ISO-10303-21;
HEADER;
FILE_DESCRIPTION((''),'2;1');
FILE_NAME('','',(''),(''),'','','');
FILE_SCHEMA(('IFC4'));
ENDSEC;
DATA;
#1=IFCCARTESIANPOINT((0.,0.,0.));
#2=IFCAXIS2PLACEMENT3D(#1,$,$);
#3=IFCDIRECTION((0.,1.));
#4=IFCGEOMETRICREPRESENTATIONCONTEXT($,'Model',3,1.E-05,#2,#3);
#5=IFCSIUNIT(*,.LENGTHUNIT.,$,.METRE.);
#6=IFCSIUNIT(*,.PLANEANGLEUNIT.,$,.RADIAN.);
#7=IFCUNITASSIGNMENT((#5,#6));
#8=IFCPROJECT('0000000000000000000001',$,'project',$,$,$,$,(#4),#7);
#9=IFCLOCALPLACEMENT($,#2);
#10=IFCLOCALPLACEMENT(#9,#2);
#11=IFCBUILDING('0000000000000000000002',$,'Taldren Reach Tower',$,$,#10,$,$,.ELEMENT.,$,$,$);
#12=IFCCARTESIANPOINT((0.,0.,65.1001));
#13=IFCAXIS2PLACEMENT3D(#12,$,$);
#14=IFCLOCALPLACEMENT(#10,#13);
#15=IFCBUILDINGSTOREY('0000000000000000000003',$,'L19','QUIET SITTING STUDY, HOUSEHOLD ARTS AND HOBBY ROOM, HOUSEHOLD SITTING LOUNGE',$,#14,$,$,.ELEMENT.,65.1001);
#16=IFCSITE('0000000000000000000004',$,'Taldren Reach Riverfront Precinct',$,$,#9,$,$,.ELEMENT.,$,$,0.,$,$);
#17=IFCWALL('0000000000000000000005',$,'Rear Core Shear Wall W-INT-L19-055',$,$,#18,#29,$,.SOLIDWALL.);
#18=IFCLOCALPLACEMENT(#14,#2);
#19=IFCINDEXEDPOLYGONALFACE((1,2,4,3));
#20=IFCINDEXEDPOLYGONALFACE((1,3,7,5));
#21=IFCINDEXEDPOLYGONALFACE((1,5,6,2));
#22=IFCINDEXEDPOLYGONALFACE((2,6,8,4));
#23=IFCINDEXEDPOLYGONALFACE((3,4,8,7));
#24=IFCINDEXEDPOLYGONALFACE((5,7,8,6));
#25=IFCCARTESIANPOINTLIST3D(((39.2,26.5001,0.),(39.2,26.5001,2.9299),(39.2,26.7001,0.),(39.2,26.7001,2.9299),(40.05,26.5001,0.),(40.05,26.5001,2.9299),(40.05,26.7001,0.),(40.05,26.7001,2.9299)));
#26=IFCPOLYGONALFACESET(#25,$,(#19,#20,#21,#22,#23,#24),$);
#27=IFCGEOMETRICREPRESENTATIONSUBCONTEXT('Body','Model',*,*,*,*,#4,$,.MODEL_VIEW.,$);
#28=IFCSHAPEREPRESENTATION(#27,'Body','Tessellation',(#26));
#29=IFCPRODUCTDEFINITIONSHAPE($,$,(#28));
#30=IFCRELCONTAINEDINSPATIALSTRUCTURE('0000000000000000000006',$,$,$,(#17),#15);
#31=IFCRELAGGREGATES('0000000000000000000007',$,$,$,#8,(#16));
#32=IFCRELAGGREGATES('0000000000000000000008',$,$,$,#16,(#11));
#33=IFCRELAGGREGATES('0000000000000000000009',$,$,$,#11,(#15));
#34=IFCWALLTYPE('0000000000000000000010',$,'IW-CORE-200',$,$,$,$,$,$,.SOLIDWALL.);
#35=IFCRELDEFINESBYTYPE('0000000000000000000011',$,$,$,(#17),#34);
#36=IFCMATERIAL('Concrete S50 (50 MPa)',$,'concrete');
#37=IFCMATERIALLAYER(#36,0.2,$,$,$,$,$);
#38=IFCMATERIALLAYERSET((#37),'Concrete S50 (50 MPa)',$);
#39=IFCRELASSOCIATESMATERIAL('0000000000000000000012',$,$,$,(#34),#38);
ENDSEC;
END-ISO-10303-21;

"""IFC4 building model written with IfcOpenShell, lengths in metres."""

from ifc_helpers import new_model, si_unit, direction, frame, frame_2d, origin, place, context, subcontext, project, spatial, rectangle, extrude, source, transform, mapped, material, layer, layer_set, type_object, element, save


model = new_model("IFC4")

# Units and contexts
model_context = context("Model", 3, precision=1e-05, world=origin(), true_north=direction((0.0, 1.0)))
body_context = subcontext(model_context, "Body", "Model", "MODEL_VIEW")
ifc_project = project(units=[si_unit("LENGTHUNIT", "METRE"), si_unit("PLANEANGLEUNIT", "RADIAN")], contexts=[model_context])

# Site, building, storey
site_placement = place(None, origin())
site = spatial("IfcSite", under=ifc_project, at=site_placement, Name="Taldren Reach Riverfront Precinct", CompositionType="ELEMENT", RefElevation=0.0)
building_placement = place(site_placement, origin())
building = spatial("IfcBuilding", under=site, at=building_placement, Name="Taldren Reach Tower", CompositionType="ELEMENT")
storey_placement = place(building_placement, frame((0.0, 0.0, 65.1001)))
storey = spatial("IfcBuildingStorey", under=building, at=storey_placement, Name="L19", Description="QUIET SITTING STUDY, HOUSEHOLD ARTS AND HOBBY ROOM, HOUSEHOLD SITTING LOUNGE", CompositionType="ELEMENT", Elevation=65.1001)

# Shared definitions
ifc_material_1 = material(Name="Concrete S50 (50 MPa)", Category="concrete")
ifc_layer_1 = layer(ifc_material_1, 0.2)
ifc_layer_set_1 = layer_set([ifc_layer_1], Name="Concrete S50 (50 MPa)")
wall_type_1 = type_object("IfcWallType", Name="IW-CORE-200", PredefinedType="SOLIDWALL", material=ifc_layer_set_1)

# Wall
shared_shape_1 = source(origin(), body_context, "Body", "SweptSolid", [
    extrude(rectangle(XDim=0.8501, YDim=0.2, at=frame_2d((0.425, 0.0))), origin(), (0.0, 0.0, 1.0), 2.9299),
])
wall_1_placement = place(storey_placement, frame((39.2, 26.6001, 0.0), z_axis=(0.0, 0.0, 1.0), x_axis=(1.0, 0.0, 0.0)))
element("IfcWall", 1, at=wall_1_placement, inside=storey, type_object=wall_type_1, Name="Rear Core Shear Wall W-INT-L19-055", PredefinedType="SOLIDWALL", context=body_context, shape_type="MappedRepresentation", body=[
    mapped(shared_shape_1, transform((0.0, 0.0, 0.0), scale=1.0)),
])

save(model, "model.ifc")
